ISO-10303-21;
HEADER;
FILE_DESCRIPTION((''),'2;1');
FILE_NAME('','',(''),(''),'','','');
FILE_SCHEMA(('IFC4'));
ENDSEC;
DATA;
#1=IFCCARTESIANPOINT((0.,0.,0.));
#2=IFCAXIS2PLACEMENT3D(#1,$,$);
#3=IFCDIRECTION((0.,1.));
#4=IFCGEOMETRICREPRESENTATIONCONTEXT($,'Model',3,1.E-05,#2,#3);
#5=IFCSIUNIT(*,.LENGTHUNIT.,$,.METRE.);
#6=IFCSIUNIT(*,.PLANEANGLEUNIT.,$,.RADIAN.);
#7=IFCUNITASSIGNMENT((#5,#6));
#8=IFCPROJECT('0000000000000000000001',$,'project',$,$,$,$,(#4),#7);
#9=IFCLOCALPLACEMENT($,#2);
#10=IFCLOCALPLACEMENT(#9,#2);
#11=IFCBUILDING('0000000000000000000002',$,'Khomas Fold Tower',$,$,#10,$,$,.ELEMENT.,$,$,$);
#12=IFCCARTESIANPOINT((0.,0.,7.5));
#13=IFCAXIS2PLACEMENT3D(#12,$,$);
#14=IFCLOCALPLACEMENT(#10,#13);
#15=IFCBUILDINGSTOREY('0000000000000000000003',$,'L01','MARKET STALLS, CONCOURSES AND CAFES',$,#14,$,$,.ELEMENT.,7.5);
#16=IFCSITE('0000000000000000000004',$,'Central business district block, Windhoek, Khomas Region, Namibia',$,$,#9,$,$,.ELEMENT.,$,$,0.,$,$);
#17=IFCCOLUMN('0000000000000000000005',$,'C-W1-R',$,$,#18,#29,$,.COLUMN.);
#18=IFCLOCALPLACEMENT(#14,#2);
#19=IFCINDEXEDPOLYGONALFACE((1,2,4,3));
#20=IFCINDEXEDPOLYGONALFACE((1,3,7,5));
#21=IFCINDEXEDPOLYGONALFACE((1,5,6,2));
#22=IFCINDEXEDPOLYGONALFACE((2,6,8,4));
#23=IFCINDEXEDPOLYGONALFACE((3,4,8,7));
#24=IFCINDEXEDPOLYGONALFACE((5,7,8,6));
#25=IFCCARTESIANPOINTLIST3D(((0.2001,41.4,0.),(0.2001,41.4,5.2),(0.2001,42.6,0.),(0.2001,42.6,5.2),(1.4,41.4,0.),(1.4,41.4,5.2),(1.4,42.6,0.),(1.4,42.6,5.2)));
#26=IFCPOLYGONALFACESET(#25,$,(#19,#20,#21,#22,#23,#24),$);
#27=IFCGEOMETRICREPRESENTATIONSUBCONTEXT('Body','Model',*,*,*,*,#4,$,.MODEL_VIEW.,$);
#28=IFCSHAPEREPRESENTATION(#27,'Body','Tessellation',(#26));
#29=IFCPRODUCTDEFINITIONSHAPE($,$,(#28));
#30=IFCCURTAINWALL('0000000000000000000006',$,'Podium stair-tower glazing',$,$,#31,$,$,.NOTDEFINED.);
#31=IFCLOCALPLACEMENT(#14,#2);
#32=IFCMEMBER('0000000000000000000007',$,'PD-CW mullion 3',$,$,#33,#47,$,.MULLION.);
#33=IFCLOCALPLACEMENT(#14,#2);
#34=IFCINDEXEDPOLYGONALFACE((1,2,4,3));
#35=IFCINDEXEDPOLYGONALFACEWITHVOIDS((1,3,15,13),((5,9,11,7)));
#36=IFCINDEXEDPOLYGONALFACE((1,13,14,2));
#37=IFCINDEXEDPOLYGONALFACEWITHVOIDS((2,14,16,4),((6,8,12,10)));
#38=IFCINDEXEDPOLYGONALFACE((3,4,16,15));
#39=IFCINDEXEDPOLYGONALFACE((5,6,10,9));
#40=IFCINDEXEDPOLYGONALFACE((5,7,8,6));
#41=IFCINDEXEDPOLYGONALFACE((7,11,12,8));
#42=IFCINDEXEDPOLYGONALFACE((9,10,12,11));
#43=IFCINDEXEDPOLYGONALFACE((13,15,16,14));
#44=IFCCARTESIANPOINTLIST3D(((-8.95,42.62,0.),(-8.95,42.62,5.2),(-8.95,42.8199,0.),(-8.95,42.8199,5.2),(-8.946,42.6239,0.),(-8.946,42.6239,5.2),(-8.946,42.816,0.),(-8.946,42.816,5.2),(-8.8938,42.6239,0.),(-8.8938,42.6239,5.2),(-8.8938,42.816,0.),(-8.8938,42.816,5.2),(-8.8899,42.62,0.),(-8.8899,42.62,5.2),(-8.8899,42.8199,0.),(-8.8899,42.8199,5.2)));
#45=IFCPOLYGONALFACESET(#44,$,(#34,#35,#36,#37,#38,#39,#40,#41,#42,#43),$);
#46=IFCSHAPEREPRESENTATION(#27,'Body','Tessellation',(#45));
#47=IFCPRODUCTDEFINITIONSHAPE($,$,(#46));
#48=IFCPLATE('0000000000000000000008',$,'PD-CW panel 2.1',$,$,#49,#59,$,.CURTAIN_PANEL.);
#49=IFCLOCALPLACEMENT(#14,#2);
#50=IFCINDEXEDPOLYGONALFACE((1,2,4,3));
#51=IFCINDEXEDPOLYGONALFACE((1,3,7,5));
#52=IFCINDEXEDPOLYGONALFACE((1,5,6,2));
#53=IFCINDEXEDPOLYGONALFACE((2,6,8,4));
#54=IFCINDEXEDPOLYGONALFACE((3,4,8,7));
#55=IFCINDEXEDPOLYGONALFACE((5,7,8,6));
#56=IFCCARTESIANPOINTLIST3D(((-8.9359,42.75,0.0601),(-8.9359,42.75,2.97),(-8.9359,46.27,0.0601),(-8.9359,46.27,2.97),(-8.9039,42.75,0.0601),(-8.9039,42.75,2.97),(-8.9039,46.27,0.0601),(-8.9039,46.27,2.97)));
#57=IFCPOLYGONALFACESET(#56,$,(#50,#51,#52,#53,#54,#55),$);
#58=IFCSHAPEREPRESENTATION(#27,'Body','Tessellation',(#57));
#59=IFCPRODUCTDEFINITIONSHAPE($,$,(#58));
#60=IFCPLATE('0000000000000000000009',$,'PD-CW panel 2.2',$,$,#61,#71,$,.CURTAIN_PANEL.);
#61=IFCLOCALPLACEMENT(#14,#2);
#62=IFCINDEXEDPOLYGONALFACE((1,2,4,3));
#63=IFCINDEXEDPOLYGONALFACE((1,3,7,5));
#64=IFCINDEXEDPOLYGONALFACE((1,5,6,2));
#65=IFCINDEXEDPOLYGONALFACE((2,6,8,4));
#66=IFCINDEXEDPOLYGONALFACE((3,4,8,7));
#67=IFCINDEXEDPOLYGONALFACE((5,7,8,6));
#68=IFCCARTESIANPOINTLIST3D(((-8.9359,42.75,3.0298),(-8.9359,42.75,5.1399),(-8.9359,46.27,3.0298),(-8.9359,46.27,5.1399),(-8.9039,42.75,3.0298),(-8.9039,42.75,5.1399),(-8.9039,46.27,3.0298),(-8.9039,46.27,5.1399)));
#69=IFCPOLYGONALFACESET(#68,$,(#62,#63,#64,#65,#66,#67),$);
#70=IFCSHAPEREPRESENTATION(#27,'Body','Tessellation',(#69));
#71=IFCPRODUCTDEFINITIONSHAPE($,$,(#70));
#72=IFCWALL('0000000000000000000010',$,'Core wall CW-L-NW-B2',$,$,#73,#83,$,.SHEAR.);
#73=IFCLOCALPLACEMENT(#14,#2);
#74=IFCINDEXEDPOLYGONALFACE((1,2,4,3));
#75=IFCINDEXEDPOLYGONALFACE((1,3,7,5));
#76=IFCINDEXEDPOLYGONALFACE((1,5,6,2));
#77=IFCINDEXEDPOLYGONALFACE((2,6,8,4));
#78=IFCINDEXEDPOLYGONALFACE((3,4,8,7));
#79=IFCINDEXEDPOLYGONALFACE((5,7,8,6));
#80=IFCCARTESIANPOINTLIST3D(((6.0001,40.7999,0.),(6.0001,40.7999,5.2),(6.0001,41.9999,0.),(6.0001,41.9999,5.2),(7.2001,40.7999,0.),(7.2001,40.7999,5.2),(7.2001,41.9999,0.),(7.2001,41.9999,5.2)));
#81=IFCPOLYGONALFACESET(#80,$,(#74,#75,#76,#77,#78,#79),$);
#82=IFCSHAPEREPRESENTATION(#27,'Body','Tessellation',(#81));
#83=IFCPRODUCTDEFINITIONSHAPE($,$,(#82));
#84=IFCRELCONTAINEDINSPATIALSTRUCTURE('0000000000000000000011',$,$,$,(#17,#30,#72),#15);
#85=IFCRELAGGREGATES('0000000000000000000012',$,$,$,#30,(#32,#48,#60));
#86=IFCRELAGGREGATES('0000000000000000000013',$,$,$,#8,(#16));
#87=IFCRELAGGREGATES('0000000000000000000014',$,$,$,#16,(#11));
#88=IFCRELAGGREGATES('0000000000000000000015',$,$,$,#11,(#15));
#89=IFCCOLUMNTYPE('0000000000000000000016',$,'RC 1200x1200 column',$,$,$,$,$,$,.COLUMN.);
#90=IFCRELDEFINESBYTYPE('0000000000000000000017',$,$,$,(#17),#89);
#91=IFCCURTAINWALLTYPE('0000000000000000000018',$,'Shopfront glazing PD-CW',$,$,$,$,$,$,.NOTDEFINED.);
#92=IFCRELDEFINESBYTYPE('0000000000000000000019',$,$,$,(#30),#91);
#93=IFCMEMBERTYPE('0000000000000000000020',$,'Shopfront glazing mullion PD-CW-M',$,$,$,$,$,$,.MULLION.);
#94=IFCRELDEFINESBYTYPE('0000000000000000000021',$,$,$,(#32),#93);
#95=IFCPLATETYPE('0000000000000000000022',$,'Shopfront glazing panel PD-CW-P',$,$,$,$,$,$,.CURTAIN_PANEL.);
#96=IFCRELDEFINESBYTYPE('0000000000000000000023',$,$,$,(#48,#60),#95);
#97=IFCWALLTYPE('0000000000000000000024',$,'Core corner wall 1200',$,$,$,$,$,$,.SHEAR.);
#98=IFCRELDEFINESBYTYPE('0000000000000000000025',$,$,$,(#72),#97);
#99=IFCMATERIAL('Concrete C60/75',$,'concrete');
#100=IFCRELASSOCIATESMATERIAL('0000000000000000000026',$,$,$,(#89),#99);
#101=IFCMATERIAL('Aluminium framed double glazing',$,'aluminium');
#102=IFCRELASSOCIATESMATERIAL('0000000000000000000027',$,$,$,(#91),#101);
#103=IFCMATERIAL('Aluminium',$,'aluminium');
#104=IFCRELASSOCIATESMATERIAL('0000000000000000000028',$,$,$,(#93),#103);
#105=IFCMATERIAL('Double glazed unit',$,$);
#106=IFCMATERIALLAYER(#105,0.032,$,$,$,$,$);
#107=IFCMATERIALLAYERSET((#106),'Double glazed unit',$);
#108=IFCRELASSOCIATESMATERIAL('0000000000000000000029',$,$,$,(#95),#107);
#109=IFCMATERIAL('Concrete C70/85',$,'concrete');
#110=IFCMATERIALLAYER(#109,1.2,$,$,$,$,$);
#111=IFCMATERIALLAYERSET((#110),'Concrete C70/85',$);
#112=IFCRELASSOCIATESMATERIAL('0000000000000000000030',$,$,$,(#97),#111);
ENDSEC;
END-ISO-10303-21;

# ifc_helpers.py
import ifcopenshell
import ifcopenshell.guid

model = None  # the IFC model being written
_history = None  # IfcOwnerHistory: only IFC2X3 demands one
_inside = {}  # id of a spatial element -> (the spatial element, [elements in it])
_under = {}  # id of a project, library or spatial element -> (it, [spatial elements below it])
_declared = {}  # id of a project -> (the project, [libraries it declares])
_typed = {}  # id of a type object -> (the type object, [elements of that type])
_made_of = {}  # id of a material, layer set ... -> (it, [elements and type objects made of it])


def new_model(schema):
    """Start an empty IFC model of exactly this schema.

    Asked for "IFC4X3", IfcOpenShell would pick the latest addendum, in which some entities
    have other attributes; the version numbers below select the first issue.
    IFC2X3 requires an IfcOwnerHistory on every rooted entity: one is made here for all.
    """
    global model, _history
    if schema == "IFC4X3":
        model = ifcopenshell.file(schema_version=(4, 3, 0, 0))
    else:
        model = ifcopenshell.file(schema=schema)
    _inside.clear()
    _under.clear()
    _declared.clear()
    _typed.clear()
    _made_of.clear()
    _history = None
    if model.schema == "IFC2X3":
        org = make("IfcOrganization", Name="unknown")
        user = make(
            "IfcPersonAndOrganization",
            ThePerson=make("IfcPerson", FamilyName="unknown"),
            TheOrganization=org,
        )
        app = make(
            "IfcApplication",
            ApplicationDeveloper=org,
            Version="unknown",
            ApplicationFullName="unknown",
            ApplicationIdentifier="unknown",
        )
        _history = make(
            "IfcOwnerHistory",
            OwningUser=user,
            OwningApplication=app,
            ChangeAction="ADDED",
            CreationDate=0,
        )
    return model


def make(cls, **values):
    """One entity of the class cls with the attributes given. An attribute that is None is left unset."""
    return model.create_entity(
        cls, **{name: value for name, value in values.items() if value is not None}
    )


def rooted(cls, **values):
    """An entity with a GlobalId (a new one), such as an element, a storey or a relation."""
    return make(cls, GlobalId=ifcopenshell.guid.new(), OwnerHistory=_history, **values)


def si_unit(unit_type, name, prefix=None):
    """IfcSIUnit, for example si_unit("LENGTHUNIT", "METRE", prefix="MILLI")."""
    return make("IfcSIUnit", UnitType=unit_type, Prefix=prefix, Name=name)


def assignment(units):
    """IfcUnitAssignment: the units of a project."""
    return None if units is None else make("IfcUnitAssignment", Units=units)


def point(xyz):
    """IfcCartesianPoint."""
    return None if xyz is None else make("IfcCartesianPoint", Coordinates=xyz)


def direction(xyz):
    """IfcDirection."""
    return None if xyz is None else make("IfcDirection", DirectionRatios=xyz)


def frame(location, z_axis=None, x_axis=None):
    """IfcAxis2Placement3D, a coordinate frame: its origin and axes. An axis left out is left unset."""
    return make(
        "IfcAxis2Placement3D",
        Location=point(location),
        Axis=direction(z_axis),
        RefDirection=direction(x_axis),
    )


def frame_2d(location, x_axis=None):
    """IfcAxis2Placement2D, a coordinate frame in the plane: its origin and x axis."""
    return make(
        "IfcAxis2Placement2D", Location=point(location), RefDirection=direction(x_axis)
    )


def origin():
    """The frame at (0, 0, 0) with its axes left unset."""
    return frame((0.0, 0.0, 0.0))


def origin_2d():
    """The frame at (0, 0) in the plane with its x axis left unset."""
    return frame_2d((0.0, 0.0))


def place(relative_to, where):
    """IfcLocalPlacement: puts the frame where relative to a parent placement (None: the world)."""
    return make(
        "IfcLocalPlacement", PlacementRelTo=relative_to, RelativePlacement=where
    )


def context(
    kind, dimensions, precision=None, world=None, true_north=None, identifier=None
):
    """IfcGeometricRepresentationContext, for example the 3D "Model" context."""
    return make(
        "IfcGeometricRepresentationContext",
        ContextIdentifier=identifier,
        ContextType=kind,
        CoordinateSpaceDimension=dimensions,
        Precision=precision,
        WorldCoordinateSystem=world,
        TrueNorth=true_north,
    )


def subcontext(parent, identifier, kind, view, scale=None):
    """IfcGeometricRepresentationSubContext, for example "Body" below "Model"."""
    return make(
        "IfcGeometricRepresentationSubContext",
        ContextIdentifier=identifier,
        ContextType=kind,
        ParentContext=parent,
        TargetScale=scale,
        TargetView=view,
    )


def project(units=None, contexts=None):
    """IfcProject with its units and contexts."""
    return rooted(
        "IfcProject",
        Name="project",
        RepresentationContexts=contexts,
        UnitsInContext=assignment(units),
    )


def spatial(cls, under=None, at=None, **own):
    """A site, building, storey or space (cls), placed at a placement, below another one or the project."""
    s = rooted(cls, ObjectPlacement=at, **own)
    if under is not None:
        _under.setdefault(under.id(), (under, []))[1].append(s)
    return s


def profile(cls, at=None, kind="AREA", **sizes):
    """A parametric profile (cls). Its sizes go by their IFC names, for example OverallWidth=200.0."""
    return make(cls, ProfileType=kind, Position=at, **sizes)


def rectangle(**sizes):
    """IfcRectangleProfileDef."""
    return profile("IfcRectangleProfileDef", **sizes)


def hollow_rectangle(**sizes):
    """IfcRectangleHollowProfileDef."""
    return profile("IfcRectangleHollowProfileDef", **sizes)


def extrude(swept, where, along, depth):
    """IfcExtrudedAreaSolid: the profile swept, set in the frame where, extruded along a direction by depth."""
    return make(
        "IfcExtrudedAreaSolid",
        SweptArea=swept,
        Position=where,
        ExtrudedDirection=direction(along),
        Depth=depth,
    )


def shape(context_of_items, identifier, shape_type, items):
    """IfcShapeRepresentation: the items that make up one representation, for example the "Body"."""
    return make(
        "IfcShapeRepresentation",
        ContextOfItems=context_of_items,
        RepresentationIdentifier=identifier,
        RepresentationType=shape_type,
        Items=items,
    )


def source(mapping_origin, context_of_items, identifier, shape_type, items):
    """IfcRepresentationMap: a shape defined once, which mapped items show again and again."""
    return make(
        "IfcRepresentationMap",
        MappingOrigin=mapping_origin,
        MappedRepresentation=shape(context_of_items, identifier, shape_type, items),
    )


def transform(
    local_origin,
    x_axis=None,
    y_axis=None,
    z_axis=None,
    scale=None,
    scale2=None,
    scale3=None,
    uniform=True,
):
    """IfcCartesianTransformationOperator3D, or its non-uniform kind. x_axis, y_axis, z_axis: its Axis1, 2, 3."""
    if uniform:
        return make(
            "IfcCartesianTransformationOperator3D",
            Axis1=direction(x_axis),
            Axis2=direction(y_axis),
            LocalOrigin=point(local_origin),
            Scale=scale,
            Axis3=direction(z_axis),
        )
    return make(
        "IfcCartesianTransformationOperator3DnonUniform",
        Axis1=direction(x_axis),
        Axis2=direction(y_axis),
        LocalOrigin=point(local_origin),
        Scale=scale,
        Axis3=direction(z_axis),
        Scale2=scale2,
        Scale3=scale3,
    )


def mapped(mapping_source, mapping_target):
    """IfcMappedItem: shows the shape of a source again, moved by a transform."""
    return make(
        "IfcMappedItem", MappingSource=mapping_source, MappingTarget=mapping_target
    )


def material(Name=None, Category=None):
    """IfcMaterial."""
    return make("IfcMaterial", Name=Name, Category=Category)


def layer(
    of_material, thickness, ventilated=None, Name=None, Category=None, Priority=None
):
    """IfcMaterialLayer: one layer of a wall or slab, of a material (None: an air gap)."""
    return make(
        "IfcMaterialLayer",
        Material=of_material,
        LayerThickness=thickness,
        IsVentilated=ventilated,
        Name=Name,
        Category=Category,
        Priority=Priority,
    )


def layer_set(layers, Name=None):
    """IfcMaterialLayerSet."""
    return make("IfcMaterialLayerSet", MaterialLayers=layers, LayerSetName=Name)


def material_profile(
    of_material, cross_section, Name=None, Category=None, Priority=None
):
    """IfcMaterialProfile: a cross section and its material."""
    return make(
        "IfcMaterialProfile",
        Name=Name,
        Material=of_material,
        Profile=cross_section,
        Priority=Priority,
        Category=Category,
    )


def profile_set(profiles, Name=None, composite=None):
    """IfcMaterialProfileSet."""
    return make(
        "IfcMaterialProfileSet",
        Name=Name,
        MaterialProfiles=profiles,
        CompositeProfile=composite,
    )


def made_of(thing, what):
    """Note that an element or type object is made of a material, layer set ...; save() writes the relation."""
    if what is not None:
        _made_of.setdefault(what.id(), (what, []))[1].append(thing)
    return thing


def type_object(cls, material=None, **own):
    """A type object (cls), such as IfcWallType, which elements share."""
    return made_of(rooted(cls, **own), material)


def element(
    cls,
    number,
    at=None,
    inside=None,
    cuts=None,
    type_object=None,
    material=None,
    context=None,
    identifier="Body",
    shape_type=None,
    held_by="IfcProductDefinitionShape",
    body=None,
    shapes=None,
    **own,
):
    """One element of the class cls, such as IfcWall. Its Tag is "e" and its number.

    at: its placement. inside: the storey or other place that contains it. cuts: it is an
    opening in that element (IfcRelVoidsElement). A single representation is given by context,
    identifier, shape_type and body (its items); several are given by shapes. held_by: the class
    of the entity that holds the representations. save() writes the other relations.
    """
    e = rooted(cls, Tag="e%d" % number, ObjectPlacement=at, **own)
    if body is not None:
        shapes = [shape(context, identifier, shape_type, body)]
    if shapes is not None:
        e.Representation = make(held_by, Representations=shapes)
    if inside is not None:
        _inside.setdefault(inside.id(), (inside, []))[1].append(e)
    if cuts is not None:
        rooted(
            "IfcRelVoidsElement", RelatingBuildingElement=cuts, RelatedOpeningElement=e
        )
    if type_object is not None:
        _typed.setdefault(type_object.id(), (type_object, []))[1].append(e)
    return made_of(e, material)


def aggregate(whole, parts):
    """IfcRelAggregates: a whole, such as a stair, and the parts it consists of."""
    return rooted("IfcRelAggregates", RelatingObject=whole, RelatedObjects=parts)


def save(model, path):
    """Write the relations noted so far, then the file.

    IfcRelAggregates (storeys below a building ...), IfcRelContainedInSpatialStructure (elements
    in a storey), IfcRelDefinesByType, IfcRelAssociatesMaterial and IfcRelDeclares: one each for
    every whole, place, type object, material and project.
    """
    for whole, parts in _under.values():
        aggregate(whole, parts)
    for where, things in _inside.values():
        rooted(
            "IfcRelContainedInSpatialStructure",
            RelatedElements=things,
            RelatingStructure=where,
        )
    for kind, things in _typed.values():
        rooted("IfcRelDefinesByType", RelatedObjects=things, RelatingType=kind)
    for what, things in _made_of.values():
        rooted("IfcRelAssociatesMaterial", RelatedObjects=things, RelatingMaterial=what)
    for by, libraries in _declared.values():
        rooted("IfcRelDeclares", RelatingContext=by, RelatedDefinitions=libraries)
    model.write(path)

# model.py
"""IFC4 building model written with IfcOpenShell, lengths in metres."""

from ifc_helpers import new_model, si_unit, direction, frame, frame_2d, origin, origin_2d, place, context, subcontext, project, spatial, rectangle, hollow_rectangle, extrude, source, transform, mapped, material, layer, layer_set, material_profile, profile_set, type_object, element, aggregate, save


model = new_model("IFC4")

# Units and contexts
model_context = context("Model", 3, precision=1e-05, world=origin(), true_north=direction((0.0, 1.0)))
body_context = subcontext(model_context, "Body", "Model", "MODEL_VIEW")
ifc_project = project(units=[si_unit("LENGTHUNIT", "METRE"), si_unit("PLANEANGLEUNIT", "RADIAN")], contexts=[model_context])

# Site, building, storey
site_placement = place(None, origin())
site = spatial("IfcSite", under=ifc_project, at=site_placement, Name="Central business district block, Windhoek, Khomas Region, Namibia", CompositionType="ELEMENT", RefElevation=0.0)
building_placement = place(site_placement, origin())
building = spatial("IfcBuilding", under=site, at=building_placement, Name="Khomas Fold Tower", CompositionType="ELEMENT")
storey_placement = place(building_placement, frame((0.0, 0.0, 7.5)))
storey = spatial("IfcBuildingStorey", under=building, at=storey_placement, Name="L01", Description="MARKET STALLS, CONCOURSES AND CAFES", CompositionType="ELEMENT", Elevation=7.5)

# Column
ifc_material_1 = material(Name="Concrete C60/75", Category="concrete")
ifc_material_profile_1 = material_profile(ifc_material_1, rectangle(XDim=1.2, YDim=1.2, at=origin_2d()), Name="RC 1200x1200")
ifc_profile_set_1 = profile_set([ifc_material_profile_1], Name="Concrete C60/75")
column_type = type_object("IfcColumnType", Name="RC 1200x1200 column", PredefinedType="COLUMN", material=ifc_profile_set_1)
shared_shape_1 = source(origin(), body_context, "Body", "SweptSolid", [
    extrude(rectangle(XDim=1.2, YDim=1.2, at=origin_2d()), origin(), (0.0, 0.0, 1.0), 5.2),
])
column_placement = place(storey_placement, frame((0.8, 42.0, 0.0), z_axis=(0.0, 0.0, 1.0), x_axis=(1.0, 0.0, 0.0)))
element("IfcColumn", 1, at=column_placement, inside=storey, type_object=column_type, Name="C-W1-R", PredefinedType="COLUMN", context=body_context, shape_type="MappedRepresentation", body=[
    mapped(shared_shape_1, transform((0.0, 0.0, 0.0))),
])

# Curtain wall, member, plates
ifc_material_2 = material(Name="Aluminium framed double glazing", Category="aluminium")
curtain_wall_type = type_object("IfcCurtainWallType", Name="Shopfront glazing PD-CW", PredefinedType="NOTDEFINED", material=ifc_material_2)
curtain_wall_placement = place(storey_placement, origin())
curtain_wall = element("IfcCurtainWall", 2, at=curtain_wall_placement, inside=storey, type_object=curtain_wall_type, Name="Podium stair-tower glazing", PredefinedType="NOTDEFINED")
ifc_material_3 = material(Name="Aluminium", Category="aluminium")
ifc_material_profile_2 = material_profile(ifc_material_3, hollow_rectangle(XDim=0.0601, YDim=0.2, WallThickness=0.0039, at=origin_2d()), Name="Shopfront glazing mullion PD-CW-M")
ifc_profile_set_2 = profile_set([ifc_material_profile_2], Name="Aluminium")
member_type = type_object("IfcMemberType", Name="Shopfront glazing mullion PD-CW-M", PredefinedType="MULLION", material=ifc_profile_set_2)
shared_shape_2 = source(origin(), body_context, "Body", "SweptSolid", [
    extrude(hollow_rectangle(XDim=0.0601, YDim=0.2, WallThickness=0.0039, at=origin_2d()), origin(), (0.0, 0.0, 1.0), 5.2),
])
member_placement = place(storey_placement, frame((-8.9199, 42.72, 0.0), z_axis=(0.0, 0.0, 1.0), x_axis=(1.0, 0.0, 0.0)))
member = element("IfcMember", 3, at=member_placement, type_object=member_type, Name="PD-CW mullion 3", PredefinedType="MULLION", context=body_context, shape_type="MappedRepresentation", body=[
    mapped(shared_shape_2, transform((0.0, 0.0, 0.0))),
])
ifc_material_4 = material(Name="Double glazed unit")
ifc_layer_1 = layer(ifc_material_4, 0.032)
ifc_layer_set_1 = layer_set([ifc_layer_1], Name="Double glazed unit")
plate_type = type_object("IfcPlateType", Name="Shopfront glazing panel PD-CW-P", PredefinedType="CURTAIN_PANEL", material=ifc_layer_set_1)
shared_shape_3 = source(origin(), body_context, "Body", "SweptSolid", [
    extrude(rectangle(XDim=3.52, YDim=0.032, at=origin_2d()), origin(), (0.0, 0.0, 1.0), 2.9099),
])
plate_1_placement = place(storey_placement, frame((-8.9199, 44.51, 0.0601), z_axis=(0.0, 0.0, 1.0), x_axis=(0.0, -1.0, 0.0)))
plate_1 = element("IfcPlate", 4, at=plate_1_placement, type_object=plate_type, Name="PD-CW panel 2.1", PredefinedType="CURTAIN_PANEL", context=body_context, shape_type="MappedRepresentation", body=[
    mapped(shared_shape_3, transform((0.0, 0.0, 0.0))),
])
shared_shape_4 = source(origin(), body_context, "Body", "SweptSolid", [
    extrude(rectangle(XDim=3.52, YDim=0.032, at=origin_2d()), origin(), (0.0, 0.0, 1.0), 2.1101),
])
plate_2_placement = place(storey_placement, frame((-8.9199, 44.51, 3.0298), z_axis=(0.0, 0.0, 1.0), x_axis=(0.0, -1.0, 0.0)))
plate_2 = element("IfcPlate", 5, at=plate_2_placement, type_object=plate_type, Name="PD-CW panel 2.2", PredefinedType="CURTAIN_PANEL", context=body_context, shape_type="MappedRepresentation", body=[
    mapped(shared_shape_4, transform((0.0, 0.0, 0.0))),
])
aggregate(curtain_wall, [member, plate_1, plate_2])

# Wall
ifc_material_5 = material(Name="Concrete C70/85", Category="concrete")
ifc_layer_2 = layer(ifc_material_5, 1.2)
ifc_layer_set_2 = layer_set([ifc_layer_2], Name="Concrete C70/85")
wall_type_1 = type_object("IfcWallType", Name="Core corner wall 1200", PredefinedType="SHEAR", material=ifc_layer_set_2)
shared_shape_5 = source(origin(), body_context, "Body", "SweptSolid", [
    extrude(rectangle(XDim=1.2, YDim=1.2, at=frame_2d((0.6001, 0.0))), origin(), (0.0, 0.0, 1.0), 5.2),
])
wall_1_placement = place(storey_placement, frame((6.0, 41.3999, 0.0), z_axis=(0.0, 0.0, 1.0), x_axis=(1.0, 0.0, 0.0)))
element("IfcWall", 6, at=wall_1_placement, inside=storey, type_object=wall_type_1, Name="Core wall CW-L-NW-B2", PredefinedType="SHEAR", context=body_context, shape_type="MappedRepresentation", body=[
    mapped(shared_shape_5, transform((0.0, 0.0, 0.0))),
])

save(model, "model.ifc")
